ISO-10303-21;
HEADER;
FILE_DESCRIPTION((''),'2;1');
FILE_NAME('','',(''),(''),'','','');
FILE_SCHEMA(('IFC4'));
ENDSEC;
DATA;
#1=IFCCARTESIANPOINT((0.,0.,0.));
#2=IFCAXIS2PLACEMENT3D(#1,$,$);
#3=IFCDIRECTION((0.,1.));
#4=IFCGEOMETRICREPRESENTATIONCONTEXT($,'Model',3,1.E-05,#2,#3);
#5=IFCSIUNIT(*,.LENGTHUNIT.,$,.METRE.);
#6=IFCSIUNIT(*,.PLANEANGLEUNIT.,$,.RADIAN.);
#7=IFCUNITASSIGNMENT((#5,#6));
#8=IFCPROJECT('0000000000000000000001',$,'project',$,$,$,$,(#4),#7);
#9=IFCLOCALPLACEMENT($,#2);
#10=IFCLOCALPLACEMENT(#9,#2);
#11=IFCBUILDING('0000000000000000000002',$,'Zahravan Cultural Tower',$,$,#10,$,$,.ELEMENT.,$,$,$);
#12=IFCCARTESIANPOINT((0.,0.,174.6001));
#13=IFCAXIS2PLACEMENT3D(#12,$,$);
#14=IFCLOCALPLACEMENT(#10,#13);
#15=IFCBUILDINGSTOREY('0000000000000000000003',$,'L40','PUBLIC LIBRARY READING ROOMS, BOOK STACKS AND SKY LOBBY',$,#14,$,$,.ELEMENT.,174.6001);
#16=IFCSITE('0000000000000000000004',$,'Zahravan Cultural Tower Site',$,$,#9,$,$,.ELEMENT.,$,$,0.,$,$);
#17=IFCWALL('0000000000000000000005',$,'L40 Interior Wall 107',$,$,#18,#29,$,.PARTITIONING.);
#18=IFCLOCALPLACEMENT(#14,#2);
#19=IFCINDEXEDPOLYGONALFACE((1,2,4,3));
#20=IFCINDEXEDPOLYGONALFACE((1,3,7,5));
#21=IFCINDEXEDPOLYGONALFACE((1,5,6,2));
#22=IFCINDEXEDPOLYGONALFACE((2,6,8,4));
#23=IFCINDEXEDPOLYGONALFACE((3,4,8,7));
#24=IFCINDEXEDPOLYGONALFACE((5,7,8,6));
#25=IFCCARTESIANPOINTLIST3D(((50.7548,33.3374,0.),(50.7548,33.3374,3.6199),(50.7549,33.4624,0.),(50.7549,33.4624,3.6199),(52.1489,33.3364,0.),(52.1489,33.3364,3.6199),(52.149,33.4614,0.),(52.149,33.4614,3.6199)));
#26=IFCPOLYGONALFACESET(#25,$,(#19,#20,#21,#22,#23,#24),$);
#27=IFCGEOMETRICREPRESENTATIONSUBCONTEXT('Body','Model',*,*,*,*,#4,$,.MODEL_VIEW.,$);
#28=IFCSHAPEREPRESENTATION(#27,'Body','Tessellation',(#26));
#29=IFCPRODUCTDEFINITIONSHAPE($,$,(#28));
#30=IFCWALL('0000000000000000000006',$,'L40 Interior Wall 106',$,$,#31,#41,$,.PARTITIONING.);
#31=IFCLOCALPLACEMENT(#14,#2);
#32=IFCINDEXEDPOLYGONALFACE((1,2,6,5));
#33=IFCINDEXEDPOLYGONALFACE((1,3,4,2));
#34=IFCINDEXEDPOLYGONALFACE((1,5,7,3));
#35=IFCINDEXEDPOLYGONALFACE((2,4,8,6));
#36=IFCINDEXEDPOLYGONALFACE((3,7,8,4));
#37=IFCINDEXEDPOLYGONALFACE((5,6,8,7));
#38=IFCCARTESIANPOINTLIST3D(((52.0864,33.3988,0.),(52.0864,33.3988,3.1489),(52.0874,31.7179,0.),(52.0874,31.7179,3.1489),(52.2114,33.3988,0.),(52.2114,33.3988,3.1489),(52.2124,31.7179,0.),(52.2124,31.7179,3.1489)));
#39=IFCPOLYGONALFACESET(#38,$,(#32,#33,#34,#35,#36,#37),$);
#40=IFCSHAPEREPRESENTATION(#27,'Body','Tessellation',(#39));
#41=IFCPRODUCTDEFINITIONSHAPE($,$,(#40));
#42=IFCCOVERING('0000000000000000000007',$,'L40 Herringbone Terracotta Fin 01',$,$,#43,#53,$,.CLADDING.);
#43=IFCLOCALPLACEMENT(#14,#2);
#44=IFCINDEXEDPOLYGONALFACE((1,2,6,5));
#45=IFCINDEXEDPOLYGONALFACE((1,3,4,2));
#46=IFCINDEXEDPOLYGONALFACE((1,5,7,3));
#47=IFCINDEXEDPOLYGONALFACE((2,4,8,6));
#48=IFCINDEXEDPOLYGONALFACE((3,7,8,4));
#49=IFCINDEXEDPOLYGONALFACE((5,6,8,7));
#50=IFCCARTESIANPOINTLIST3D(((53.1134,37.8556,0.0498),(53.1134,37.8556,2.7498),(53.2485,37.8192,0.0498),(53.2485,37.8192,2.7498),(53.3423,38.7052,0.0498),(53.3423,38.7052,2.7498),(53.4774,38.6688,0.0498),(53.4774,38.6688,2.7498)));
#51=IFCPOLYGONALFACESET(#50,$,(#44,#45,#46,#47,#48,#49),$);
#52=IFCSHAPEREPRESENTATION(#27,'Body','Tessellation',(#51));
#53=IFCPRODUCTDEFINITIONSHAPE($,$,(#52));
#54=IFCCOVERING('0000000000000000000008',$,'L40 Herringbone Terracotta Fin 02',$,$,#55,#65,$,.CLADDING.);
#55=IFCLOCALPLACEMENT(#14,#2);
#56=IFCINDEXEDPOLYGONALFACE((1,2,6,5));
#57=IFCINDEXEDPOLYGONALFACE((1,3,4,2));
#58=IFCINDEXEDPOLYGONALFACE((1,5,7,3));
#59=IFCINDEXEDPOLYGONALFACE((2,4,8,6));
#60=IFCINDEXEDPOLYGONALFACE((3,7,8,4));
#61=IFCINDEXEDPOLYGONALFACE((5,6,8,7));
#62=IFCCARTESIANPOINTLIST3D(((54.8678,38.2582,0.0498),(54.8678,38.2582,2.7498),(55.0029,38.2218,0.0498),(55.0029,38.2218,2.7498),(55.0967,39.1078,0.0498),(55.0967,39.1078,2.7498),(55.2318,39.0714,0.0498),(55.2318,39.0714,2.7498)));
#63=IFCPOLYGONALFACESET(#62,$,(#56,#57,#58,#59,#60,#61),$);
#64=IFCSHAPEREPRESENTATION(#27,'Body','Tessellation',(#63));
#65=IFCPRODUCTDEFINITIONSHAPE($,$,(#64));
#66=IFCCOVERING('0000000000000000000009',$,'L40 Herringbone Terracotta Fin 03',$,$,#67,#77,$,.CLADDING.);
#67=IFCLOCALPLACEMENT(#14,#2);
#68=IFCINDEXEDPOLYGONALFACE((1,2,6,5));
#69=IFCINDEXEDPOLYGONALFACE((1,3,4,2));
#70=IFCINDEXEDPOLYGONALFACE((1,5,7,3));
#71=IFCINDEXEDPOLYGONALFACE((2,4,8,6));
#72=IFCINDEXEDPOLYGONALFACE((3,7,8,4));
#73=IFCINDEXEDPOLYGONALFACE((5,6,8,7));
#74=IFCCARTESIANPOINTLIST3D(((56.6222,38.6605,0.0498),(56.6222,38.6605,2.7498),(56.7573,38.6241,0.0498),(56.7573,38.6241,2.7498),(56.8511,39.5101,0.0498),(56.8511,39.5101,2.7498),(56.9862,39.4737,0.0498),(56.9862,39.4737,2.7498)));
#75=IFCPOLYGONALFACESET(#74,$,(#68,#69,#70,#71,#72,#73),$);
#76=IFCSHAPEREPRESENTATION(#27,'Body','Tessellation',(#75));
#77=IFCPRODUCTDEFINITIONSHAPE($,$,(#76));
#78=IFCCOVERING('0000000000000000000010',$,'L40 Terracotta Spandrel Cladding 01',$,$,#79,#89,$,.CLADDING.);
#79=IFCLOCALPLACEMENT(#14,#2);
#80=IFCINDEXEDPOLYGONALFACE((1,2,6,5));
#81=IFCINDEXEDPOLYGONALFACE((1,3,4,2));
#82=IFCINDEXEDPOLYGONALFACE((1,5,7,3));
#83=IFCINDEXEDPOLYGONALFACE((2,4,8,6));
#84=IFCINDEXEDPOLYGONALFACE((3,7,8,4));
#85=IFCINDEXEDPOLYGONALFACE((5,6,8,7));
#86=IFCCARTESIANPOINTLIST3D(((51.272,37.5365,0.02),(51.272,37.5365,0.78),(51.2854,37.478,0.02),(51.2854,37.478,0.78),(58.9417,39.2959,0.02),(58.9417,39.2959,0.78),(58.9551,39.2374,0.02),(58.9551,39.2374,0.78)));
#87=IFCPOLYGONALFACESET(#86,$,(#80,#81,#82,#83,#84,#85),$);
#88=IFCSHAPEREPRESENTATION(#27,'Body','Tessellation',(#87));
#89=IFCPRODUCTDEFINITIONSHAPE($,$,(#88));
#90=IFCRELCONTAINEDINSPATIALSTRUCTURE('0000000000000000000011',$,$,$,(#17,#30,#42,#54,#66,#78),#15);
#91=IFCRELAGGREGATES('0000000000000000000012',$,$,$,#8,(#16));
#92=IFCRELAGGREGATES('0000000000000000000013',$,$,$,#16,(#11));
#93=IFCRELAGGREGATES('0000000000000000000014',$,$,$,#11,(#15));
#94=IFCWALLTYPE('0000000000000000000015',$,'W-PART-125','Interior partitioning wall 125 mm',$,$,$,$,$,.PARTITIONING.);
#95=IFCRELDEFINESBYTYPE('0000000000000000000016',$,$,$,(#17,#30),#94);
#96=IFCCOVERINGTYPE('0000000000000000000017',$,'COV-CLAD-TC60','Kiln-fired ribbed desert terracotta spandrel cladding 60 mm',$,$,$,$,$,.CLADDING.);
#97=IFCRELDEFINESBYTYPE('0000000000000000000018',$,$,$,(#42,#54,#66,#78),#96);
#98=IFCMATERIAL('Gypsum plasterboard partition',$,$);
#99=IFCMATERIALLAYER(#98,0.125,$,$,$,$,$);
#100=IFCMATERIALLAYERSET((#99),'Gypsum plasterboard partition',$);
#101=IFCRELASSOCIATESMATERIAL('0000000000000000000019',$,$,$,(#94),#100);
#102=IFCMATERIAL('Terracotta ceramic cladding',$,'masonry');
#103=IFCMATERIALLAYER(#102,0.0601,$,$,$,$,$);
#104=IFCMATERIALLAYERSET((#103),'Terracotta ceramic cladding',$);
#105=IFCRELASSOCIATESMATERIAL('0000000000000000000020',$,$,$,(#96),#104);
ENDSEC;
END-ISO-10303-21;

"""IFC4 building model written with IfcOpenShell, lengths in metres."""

from ifc_helpers import new_model, si_unit, direction, frame, frame_2d, origin, origin_2d, place, context, subcontext, project, spatial, rectangle, extrude, source, transform, mapped, material, layer, layer_set, type_object, element, save


model = new_model("IFC4")

# Units and contexts
model_context = context("Model", 3, precision=1e-05, world=origin(), true_north=direction((0.0, 1.0)))
body_context = subcontext(model_context, "Body", "Model", "MODEL_VIEW")
ifc_project = project(units=[si_unit("LENGTHUNIT", "METRE"), si_unit("PLANEANGLEUNIT", "RADIAN")], contexts=[model_context])

# Site, building, storey
site_placement = place(None, origin())
site = spatial("IfcSite", under=ifc_project, at=site_placement, Name="Zahravan Cultural Tower Site", CompositionType="ELEMENT", RefElevation=0.0)
building_placement = place(site_placement, origin())
building = spatial("IfcBuilding", under=site, at=building_placement, Name="Zahravan Cultural Tower", CompositionType="ELEMENT")
storey_placement = place(building_placement, frame((0.0, 0.0, 174.6001)))
storey = spatial("IfcBuildingStorey", under=building, at=storey_placement, Name="L40", Description="PUBLIC LIBRARY READING ROOMS, BOOK STACKS AND SKY LOBBY", CompositionType="ELEMENT", Elevation=174.6001)

# Shared definitions
ifc_material_1 = material(Name="Gypsum plasterboard partition")
ifc_layer_1 = layer(ifc_material_1, 0.125)
ifc_layer_set_1 = layer_set([ifc_layer_1], Name="Gypsum plasterboard partition")
wall_type_1 = type_object("IfcWallType", Name="W-PART-125", Description="Interior partitioning wall 125 mm", PredefinedType="PARTITIONING", material=ifc_layer_set_1)

# Walls
shared_shape_1 = source(origin(), body_context, "Body", "SweptSolid", [
    extrude(rectangle(XDim=1.394, YDim=0.125, at=frame_2d((0.697, 0.0))), origin(), (0.0, 0.0, 1.0), 3.6199),
])
wall_1_placement = place(storey_placement, frame((52.1489, 33.3989, 0.0), z_axis=(0.0, 0.0, 1.0), x_axis=(-1.0, 0.000701, 0.0)))
element("IfcWall", 1, at=wall_1_placement, inside=storey, type_object=wall_type_1, Name="L40 Interior Wall 107", PredefinedType="PARTITIONING", context=body_context, shape_type="MappedRepresentation", body=[
    mapped(shared_shape_1, transform((0.0, 0.0, 0.0), x_axis=(1.0, 0.0, 0.0), y_axis=(0.0, 1.0, 0.0), z_axis=(0.0, 0.0, 1.0), scale=1.0)),
])
shared_shape_2 = source(origin(), body_context, "Body", "SweptSolid", [
    extrude(rectangle(XDim=1.6809, YDim=0.125, at=frame_2d((0.8403, 0.0))), origin(), (0.0, 0.0, 1.0), 3.1489),
])
wall_2_placement = place(storey_placement, frame((52.1499, 31.718, 0.0), z_axis=(0.0, 0.0, 1.0), x_axis=(-0.000581, 1.0, 0.0)))
element("IfcWall", 2, at=wall_2_placement, inside=storey, type_object=wall_type_1, Name="L40 Interior Wall 106", PredefinedType="PARTITIONING", context=body_context, shape_type="MappedRepresentation", body=[
    mapped(shared_shape_2, transform((0.0, 0.0, 0.0), x_axis=(1.0, 0.0, 0.0), y_axis=(0.0, 1.0, 0.0), z_axis=(0.0, 0.0, 1.0), scale=1.0)),
])

# Coverings
ifc_material_2 = material(Name="Terracotta ceramic cladding", Category="masonry")
ifc_layer_2 = layer(ifc_material_2, 0.0601)
ifc_layer_set_2 = layer_set([ifc_layer_2], Name="Terracotta ceramic cladding")
covering_type = type_object("IfcCoveringType", Name="COV-CLAD-TC60", Description="Kiln-fired ribbed desert terracotta spandrel cladding 60 mm", PredefinedType="CLADDING", material=ifc_layer_set_2)
shared_shape_3 = source(origin(), body_context, "Body", "SweptSolid", [
    extrude(rectangle(XDim=0.8799, YDim=0.1399, at=origin_2d()), origin(), (0.0, 0.0, 1.0), 2.7),
])
for number, where, z_axis, x_axis, name in (
    (3, (53.2954, 38.2622, 0.0498), (0.0, 0.0, 1.0), (0.260167, 0.965564, 0.0), "L40 Herringbone Terracotta Fin 01"),
    (4, (55.0498, 38.6648, 0.0498), (0.0, 0.0, 1.0), (0.260167, 0.965564, 0.0), "L40 Herringbone Terracotta Fin 02"),
    (5, (56.8042, 39.0671, 0.0498), (0.0, 0.0, 1.0), (0.260167, 0.965564, 0.0), "L40 Herringbone Terracotta Fin 03"),
):
    element("IfcCovering", number, at=place(storey_placement, frame(where, z_axis=z_axis, x_axis=x_axis)), inside=storey, type_object=covering_type, Name=name, PredefinedType="CLADDING", context=body_context, shape_type="MappedRepresentation", body=[
        mapped(shared_shape_3, transform((0.0, 0.0, 0.0), x_axis=(1.0, 0.0, 0.0), y_axis=(0.0, 1.0, 0.0), z_axis=(0.0, 0.0, 1.0), scale=1.0)),
    ])
shared_shape_4 = source(origin(), body_context, "Body", "SweptSolid", [
    extrude(rectangle(XDim=7.8689, YDim=0.0601, at=origin_2d()), origin(), (0.0, 0.0, 1.0), 0.76),
])
covering_placement = place(storey_placement, frame((55.1135, 38.387, 0.02), z_axis=(0.0, 0.0, 1.0), x_axis=(0.974683, 0.22359, 0.0)))
element("IfcCovering", 6, at=covering_placement, inside=storey, type_object=covering_type, Name="L40 Terracotta Spandrel Cladding 01", PredefinedType="CLADDING", context=body_context, shape_type="MappedRepresentation", body=[
    mapped(shared_shape_4, transform((0.0, 0.0, 0.0), x_axis=(1.0, 0.0, 0.0), y_axis=(0.0, 1.0, 0.0), z_axis=(0.0, 0.0, 1.0), scale=1.0)),
])

save(model, "model.ifc")
